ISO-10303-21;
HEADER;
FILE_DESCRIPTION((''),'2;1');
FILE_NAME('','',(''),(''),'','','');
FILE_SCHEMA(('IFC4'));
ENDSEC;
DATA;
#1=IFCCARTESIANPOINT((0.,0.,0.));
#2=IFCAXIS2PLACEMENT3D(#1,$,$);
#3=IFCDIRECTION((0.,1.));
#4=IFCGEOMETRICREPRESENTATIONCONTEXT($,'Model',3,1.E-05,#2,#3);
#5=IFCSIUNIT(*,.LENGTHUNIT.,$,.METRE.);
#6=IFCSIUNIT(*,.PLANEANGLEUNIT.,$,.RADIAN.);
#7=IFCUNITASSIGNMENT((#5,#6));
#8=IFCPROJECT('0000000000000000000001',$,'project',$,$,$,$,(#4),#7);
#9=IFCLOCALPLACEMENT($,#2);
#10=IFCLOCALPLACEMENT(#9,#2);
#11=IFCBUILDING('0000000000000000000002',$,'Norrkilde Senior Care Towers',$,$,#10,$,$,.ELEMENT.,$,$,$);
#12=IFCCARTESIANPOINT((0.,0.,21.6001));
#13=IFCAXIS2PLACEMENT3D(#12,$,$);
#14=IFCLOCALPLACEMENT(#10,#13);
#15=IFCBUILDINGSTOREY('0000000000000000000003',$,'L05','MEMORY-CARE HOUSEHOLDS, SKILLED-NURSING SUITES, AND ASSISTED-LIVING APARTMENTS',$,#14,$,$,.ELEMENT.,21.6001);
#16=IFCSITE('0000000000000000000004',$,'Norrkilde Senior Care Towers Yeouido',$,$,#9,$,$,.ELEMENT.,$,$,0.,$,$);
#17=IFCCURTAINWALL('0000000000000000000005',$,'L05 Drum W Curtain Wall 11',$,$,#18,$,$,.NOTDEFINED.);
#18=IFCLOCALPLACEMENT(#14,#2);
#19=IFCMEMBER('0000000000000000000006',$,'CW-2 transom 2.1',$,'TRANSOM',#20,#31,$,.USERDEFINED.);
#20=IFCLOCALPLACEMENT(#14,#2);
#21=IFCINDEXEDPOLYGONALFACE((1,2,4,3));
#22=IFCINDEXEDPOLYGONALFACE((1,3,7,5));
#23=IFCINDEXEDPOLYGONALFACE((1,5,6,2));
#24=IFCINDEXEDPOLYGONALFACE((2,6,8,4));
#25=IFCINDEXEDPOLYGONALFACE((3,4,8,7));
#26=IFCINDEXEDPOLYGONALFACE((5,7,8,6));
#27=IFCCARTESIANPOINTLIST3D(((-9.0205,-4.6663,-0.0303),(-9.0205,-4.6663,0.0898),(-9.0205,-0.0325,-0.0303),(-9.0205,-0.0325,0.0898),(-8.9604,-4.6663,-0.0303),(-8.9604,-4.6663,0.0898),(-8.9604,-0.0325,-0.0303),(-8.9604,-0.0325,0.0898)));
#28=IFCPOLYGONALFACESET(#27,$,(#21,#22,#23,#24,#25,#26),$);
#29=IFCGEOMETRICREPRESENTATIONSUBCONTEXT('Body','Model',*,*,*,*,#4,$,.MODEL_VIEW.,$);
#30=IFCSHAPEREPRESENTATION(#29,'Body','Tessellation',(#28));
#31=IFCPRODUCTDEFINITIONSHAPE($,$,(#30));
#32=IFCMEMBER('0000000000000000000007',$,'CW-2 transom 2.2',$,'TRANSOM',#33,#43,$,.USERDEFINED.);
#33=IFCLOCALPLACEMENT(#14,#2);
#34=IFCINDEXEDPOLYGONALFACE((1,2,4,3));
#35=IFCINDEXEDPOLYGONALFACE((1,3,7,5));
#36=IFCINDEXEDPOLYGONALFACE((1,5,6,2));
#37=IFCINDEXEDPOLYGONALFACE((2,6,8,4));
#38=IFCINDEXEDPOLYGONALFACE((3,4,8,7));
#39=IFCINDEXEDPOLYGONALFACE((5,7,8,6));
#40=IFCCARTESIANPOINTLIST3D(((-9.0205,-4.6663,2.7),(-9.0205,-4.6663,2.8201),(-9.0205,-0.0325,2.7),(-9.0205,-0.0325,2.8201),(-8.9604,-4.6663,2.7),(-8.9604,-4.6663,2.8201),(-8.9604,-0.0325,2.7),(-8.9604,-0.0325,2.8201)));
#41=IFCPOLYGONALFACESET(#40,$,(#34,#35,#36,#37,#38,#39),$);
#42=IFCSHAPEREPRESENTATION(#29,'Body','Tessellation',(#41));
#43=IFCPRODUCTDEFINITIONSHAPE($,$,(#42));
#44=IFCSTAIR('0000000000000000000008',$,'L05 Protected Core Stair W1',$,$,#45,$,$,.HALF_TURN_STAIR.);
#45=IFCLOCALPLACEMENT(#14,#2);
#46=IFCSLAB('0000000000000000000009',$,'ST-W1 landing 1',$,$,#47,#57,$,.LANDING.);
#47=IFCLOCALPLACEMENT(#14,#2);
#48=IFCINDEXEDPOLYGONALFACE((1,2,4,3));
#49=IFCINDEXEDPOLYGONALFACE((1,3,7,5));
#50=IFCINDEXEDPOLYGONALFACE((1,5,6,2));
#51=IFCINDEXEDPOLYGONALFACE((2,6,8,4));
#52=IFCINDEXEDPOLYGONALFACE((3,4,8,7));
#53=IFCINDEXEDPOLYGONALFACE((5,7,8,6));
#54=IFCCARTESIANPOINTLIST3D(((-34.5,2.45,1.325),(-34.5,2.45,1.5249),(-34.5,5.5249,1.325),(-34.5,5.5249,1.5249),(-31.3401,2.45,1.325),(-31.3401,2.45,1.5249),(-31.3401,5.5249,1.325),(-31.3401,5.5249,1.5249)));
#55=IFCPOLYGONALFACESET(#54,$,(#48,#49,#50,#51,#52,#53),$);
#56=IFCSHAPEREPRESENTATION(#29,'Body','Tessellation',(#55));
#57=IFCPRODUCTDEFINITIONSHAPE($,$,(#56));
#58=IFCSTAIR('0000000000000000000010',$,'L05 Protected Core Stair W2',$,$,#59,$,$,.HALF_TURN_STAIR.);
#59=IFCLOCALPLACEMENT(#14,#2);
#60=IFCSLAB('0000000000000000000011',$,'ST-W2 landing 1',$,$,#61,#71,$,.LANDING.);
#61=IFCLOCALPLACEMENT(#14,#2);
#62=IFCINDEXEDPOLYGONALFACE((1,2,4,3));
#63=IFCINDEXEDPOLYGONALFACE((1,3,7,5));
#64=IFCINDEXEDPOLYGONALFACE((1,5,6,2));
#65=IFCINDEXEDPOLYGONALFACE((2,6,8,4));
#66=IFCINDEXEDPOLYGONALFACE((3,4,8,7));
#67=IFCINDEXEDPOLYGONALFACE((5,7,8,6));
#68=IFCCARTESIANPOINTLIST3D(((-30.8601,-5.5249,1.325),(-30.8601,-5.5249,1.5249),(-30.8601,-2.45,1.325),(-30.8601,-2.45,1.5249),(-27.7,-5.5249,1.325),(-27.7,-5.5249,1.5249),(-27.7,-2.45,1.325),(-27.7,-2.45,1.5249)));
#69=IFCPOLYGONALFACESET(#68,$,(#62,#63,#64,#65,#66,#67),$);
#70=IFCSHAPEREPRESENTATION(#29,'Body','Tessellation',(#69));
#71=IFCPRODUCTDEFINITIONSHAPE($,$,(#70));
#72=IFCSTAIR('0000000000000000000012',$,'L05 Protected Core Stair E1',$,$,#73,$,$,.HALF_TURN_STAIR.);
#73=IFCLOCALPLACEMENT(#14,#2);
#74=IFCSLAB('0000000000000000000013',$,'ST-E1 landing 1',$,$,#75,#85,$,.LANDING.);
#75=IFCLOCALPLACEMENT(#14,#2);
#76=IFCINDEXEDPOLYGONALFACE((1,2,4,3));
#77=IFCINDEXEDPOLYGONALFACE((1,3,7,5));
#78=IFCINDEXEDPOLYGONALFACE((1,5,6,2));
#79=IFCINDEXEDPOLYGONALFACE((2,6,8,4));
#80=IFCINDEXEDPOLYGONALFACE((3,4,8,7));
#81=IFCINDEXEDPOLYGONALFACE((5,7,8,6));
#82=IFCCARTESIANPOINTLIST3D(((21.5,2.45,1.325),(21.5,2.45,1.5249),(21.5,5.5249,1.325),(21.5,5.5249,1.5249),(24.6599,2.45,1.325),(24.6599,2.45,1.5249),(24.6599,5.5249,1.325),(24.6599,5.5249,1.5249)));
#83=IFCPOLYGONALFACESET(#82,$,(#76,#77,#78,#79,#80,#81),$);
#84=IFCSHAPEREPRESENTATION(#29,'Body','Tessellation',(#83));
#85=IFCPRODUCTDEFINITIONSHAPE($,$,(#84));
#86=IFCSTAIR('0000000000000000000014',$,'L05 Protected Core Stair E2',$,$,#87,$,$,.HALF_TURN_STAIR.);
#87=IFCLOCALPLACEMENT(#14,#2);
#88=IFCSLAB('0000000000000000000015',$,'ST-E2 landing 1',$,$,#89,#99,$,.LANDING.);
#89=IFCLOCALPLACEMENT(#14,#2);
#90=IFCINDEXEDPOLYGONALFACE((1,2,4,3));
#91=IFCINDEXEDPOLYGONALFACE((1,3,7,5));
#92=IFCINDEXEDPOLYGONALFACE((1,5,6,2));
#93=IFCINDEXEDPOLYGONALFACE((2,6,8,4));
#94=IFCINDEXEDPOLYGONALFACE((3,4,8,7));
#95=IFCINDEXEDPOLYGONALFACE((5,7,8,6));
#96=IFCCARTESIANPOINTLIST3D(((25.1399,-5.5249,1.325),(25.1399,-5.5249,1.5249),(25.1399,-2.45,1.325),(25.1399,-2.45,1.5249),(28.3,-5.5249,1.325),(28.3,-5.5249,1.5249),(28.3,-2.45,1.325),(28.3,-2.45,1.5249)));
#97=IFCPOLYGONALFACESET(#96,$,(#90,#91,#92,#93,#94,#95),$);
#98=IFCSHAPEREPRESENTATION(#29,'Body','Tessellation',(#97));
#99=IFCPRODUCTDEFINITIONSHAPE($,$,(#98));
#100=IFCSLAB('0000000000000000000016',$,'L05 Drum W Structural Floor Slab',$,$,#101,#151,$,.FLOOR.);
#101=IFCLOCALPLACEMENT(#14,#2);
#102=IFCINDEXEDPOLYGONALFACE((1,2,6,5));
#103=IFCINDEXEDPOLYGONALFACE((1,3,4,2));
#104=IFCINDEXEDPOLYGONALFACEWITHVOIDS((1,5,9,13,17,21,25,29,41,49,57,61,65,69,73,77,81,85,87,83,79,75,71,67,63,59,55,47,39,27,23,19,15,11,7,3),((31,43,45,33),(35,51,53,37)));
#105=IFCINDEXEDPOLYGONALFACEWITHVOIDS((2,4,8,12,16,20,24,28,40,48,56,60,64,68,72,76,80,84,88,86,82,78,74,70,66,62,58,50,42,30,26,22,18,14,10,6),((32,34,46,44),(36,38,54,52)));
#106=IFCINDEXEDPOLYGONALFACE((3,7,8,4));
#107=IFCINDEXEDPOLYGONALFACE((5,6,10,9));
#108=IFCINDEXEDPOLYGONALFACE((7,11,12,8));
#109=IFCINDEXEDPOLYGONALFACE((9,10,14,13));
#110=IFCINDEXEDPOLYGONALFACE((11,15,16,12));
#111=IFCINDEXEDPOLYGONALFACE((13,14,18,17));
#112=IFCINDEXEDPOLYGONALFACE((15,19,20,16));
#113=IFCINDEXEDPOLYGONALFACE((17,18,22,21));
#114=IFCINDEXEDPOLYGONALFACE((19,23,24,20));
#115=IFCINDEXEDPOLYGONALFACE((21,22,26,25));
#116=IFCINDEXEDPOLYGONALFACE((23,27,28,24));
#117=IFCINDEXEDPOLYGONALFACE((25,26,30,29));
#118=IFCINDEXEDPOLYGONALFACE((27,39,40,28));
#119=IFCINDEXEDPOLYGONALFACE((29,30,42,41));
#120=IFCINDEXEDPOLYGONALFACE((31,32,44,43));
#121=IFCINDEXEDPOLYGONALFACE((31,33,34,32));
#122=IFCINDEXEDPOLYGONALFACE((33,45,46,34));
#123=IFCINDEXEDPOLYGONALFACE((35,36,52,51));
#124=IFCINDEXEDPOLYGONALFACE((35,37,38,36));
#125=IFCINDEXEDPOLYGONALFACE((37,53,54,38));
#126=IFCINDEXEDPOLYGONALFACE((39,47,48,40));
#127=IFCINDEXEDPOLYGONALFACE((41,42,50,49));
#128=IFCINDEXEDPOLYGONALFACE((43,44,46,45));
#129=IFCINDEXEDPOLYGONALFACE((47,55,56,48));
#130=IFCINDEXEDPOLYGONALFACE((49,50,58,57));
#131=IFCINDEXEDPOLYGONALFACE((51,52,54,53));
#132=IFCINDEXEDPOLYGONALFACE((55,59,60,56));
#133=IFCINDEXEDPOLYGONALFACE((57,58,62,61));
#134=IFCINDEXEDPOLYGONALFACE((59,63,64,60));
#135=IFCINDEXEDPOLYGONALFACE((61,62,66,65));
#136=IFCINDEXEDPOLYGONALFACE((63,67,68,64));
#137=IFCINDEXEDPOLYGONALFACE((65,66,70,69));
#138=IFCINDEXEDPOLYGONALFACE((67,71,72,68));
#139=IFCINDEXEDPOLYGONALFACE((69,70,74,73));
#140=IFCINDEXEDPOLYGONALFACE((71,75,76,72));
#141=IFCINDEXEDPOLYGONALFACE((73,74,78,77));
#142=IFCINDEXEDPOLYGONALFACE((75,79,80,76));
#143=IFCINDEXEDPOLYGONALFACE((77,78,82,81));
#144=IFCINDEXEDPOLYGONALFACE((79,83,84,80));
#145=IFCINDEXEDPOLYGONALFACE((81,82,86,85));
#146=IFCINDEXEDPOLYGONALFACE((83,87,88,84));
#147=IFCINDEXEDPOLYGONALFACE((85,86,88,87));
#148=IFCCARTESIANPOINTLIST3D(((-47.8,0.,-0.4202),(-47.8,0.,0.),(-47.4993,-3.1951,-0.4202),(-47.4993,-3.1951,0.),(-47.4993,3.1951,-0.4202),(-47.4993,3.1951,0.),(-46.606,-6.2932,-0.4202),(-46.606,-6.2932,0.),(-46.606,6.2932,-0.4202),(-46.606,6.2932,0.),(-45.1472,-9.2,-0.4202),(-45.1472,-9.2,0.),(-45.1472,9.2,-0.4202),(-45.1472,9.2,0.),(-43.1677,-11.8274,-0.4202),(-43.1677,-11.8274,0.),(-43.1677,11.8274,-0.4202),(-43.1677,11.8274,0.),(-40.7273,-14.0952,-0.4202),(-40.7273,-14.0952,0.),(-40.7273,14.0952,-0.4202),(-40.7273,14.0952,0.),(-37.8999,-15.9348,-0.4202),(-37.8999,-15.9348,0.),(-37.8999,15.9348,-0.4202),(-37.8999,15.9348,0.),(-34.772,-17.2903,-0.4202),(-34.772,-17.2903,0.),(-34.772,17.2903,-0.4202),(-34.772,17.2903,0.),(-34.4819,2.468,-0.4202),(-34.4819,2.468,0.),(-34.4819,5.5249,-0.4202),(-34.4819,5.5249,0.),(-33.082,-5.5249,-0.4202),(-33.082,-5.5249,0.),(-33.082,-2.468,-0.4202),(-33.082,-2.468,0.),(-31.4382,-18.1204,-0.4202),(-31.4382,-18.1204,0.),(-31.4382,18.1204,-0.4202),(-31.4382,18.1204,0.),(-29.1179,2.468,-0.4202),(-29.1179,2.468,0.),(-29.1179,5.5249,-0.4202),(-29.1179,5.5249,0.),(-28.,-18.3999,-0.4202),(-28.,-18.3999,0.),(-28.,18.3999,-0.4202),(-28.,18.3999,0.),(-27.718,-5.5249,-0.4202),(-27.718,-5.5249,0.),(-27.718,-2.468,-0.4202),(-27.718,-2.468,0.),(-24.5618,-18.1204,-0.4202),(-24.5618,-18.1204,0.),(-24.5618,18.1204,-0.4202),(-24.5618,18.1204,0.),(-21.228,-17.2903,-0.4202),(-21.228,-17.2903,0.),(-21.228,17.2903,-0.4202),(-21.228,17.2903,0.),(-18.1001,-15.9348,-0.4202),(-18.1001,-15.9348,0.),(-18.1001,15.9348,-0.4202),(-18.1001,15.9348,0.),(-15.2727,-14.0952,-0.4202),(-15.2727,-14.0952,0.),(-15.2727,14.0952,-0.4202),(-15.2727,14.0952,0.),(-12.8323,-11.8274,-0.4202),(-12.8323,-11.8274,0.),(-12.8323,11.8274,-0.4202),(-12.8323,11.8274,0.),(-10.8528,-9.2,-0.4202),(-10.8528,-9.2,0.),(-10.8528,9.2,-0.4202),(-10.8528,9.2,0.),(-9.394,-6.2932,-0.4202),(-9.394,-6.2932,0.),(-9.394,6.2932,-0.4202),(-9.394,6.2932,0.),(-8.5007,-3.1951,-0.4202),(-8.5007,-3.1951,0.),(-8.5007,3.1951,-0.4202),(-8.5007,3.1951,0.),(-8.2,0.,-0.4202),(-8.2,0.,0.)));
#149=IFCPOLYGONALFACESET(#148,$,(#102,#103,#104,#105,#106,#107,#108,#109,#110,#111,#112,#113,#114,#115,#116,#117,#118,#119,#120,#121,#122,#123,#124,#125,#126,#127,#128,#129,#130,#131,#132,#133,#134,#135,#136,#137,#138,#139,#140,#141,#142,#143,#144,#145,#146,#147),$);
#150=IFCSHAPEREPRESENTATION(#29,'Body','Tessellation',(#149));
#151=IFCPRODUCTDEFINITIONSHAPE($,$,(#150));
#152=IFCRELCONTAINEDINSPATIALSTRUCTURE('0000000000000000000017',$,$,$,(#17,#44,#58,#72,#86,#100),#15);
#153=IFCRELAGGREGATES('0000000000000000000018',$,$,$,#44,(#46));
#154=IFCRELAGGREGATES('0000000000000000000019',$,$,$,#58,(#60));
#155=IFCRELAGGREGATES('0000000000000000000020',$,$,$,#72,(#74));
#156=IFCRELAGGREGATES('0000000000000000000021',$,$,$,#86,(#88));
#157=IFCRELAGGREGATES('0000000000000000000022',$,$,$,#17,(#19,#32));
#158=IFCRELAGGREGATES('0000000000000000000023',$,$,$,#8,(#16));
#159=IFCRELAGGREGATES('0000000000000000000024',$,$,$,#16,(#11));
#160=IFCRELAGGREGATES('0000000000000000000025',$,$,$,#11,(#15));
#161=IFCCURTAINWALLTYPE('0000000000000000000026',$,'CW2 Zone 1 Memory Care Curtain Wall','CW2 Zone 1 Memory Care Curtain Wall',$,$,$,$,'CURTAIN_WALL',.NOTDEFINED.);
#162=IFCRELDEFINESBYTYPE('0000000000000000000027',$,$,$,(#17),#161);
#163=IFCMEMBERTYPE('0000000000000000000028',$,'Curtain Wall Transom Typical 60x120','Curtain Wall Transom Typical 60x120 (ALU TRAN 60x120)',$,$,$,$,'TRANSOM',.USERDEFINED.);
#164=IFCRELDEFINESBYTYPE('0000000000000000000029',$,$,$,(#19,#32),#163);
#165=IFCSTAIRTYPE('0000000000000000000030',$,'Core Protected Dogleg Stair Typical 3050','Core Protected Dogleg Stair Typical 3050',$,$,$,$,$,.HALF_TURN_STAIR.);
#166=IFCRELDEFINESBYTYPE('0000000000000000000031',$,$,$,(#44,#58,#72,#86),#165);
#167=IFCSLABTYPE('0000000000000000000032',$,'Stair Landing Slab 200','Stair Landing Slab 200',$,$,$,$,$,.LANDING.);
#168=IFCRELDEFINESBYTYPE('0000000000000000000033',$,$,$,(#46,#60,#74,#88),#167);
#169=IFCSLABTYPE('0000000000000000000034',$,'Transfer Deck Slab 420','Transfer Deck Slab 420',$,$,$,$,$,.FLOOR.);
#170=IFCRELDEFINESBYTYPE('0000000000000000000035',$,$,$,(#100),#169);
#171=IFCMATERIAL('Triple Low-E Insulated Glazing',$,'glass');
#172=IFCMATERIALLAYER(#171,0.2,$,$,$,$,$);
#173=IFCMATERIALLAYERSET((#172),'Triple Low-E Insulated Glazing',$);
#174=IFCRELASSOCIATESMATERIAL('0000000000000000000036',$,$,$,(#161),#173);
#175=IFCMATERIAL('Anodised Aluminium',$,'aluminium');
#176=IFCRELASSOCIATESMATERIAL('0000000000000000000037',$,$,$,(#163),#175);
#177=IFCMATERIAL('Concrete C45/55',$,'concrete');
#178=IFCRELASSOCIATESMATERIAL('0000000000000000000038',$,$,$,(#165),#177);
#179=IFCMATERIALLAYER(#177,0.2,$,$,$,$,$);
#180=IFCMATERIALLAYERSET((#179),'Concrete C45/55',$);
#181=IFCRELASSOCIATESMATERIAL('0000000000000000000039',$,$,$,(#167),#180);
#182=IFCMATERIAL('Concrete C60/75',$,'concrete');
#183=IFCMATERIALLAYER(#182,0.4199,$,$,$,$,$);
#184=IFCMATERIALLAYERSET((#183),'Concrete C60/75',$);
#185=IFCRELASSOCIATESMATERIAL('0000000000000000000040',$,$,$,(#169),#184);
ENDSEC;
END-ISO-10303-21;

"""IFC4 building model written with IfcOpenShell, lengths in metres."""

from ifc_helpers import new_model, si_unit, direction, frame, origin, origin_2d, place, context, subcontext, project, spatial, polyline, rectangle, outline, extrude, source, transform, mapped, material, layer, layer_set, material_profile, profile_set, type_object, element, aggregate, save


model = new_model("IFC4")

# Units and contexts
model_context = context("Model", 3, precision=1e-05, world=origin(), true_north=direction((0.0, 1.0)))
body_context = subcontext(model_context, "Body", "Model", "MODEL_VIEW")
ifc_project = project(units=[si_unit("LENGTHUNIT", "METRE"), si_unit("PLANEANGLEUNIT", "RADIAN")], contexts=[model_context])

# Site, building, storey
site_placement = place(None, origin())
site = spatial("IfcSite", under=ifc_project, at=site_placement, Name="Norrkilde Senior Care Towers Yeouido", CompositionType="ELEMENT", RefElevation=0.0)
building_placement = place(site_placement, origin())
building = spatial("IfcBuilding", under=site, at=building_placement, Name="Norrkilde Senior Care Towers", CompositionType="ELEMENT")
storey_placement = place(building_placement, frame((0.0, 0.0, 21.6001)))
storey = spatial("IfcBuildingStorey", under=building, at=storey_placement, Name="L05", Description="MEMORY-CARE HOUSEHOLDS, SKILLED-NURSING SUITES, AND ASSISTED-LIVING APARTMENTS", CompositionType="ELEMENT", Elevation=21.6001)

# Shared definitions
ifc_material_1 = material(Name="Concrete C60/75", Category="concrete")

# Curtain wall
ifc_material_2 = material(Name="Triple Low-E Insulated Glazing", Category="glass")
ifc_layer_1 = layer(ifc_material_2, 0.2)
ifc_layer_set_1 = layer_set([ifc_layer_1], Name="Triple Low-E Insulated Glazing")
curtain_wall_type = type_object("IfcCurtainWallType", Name="CW2 Zone 1 Memory Care Curtain Wall", Description="CW2 Zone 1 Memory Care Curtain Wall", ElementType="CURTAIN_WALL", PredefinedType="NOTDEFINED", material=ifc_layer_set_1)
ifc_material_3 = material(Name="Anodised Aluminium", Category="aluminium")
curtain_wall_1_placement = place(storey_placement, origin())
curtain_wall_1 = element("IfcCurtainWall", 1, at=curtain_wall_1_placement, inside=storey, type_object=curtain_wall_type, Name="L05 Drum W Curtain Wall 11", PredefinedType="NOTDEFINED")

# Members
ifc_material_profile_1 = material_profile(ifc_material_3, rectangle(XDim=0.0601, YDim=0.1201, at=origin_2d()), Name="ALU TRAN 60x120")
ifc_profile_set_1 = profile_set([ifc_material_profile_1], Name="Anodised Aluminium")
member_type_1 = type_object("IfcMemberType", Name="Curtain Wall Transom Typical 60x120", Description="Curtain Wall Transom Typical 60x120 (ALU TRAN 60x120)", ElementType="TRANSOM", PredefinedType="USERDEFINED", material=ifc_profile_set_1)
shared_shape_1 = source(origin(), body_context, "Body", "SweptSolid", [
    extrude(rectangle(XDim=0.0601, YDim=0.1201, at=origin_2d()), origin(), (0.0, 0.0, 1.0), 4.6338),
])
member_1_placement = place(storey_placement, frame((-8.9905, -0.0325, 0.0298), z_axis=(0.0, -1.0, 0.0), x_axis=(1.0, 0.0, 0.0)))
member_1 = element("IfcMember", 2, at=member_1_placement, type_object=member_type_1, Name="CW-2 transom 2.1", ObjectType="TRANSOM", PredefinedType="USERDEFINED", context=body_context, shape_type="MappedRepresentation", body=[
    mapped(shared_shape_1, transform((0.0, 0.0, 0.0), x_axis=(1.0, 0.0, 0.0), y_axis=(0.0, 1.0, 0.0), z_axis=(0.0, 0.0, 1.0), scale=1.0)),
])
member_2_placement = place(storey_placement, frame((-8.9905, -0.0325, 2.76), z_axis=(0.0, -1.0, 0.0), x_axis=(1.0, 0.0, 0.0)))
member_2 = element("IfcMember", 3, at=member_2_placement, type_object=member_type_1, Name="CW-2 transom 2.2", ObjectType="TRANSOM", PredefinedType="USERDEFINED", context=body_context, shape_type="MappedRepresentation", body=[
    mapped(shared_shape_1, transform((0.0, 0.0, 0.0), x_axis=(1.0, 0.0, 0.0), y_axis=(0.0, 1.0, 0.0), z_axis=(0.0, 0.0, 1.0), scale=1.0)),
])

# Shared definitions
ifc_material_4 = material(Name="Concrete C45/55", Category="concrete")

# Stairs, slabs
stair_type = type_object("IfcStairType", Name="Core Protected Dogleg Stair Typical 3050", Description="Core Protected Dogleg Stair Typical 3050", PredefinedType="HALF_TURN_STAIR", material=ifc_material_4)
stair_1_placement = place(storey_placement, origin())
stair_1 = element("IfcStair", 4, at=stair_1_placement, inside=storey, type_object=stair_type, Name="L05 Protected Core Stair W1", PredefinedType="HALF_TURN_STAIR")
ifc_layer_2 = layer(ifc_material_4, 0.2)
ifc_layer_set_2 = layer_set([ifc_layer_2], Name="Concrete C45/55")
slab_type_1 = type_object("IfcSlabType", Name="Stair Landing Slab 200", Description="Stair Landing Slab 200", PredefinedType="LANDING", material=ifc_layer_set_2)
slab_1_placement = place(storey_placement, frame((0.0, 0.0, 1.325)))
slab_1 = element("IfcSlab", 5, at=slab_1_placement, type_object=slab_type_1, Name="ST-W1 landing 1", PredefinedType="LANDING", context=body_context, shape_type="SweptSolid", body=[
    extrude(outline(polyline([(-31.3401, 5.5249), (-34.5, 5.5249), (-34.5, 2.45), (-31.3401, 2.45), (-31.3401, 5.5249)])), origin(), (0.0, 0.0, 1.0), 0.2),
])
aggregate(stair_1, [slab_1])
stair_2_placement = place(storey_placement, origin())
stair_2 = element("IfcStair", 6, at=stair_2_placement, inside=storey, type_object=stair_type, Name="L05 Protected Core Stair W2", PredefinedType="HALF_TURN_STAIR")
slab_2_placement = place(storey_placement, frame((0.0, 0.0, 1.325)))
slab_2 = element("IfcSlab", 7, at=slab_2_placement, type_object=slab_type_1, Name="ST-W2 landing 1", PredefinedType="LANDING", context=body_context, shape_type="SweptSolid", body=[
    extrude(outline(polyline([(-30.8601, -5.5249), (-27.7, -5.5249), (-27.7, -2.45), (-30.8601, -2.45), (-30.8601, -5.5249)])), origin(), (0.0, 0.0, 1.0), 0.2),
])
aggregate(stair_2, [slab_2])
stair_3_placement = place(storey_placement, origin())
stair_3 = element("IfcStair", 8, at=stair_3_placement, inside=storey, type_object=stair_type, Name="L05 Protected Core Stair E1", PredefinedType="HALF_TURN_STAIR")
slab_3_placement = place(storey_placement, frame((0.0, 0.0, 1.325)))
slab_3 = element("IfcSlab", 9, at=slab_3_placement, type_object=slab_type_1, Name="ST-E1 landing 1", PredefinedType="LANDING", context=body_context, shape_type="SweptSolid", body=[
    extrude(outline(polyline([(24.6599, 5.5249), (21.5, 5.5249), (21.5, 2.45), (24.6599, 2.45), (24.6599, 5.5249)])), origin(), (0.0, 0.0, 1.0), 0.2),
])
aggregate(stair_3, [slab_3])
stair_4_placement = place(storey_placement, origin())
stair_4 = element("IfcStair", 10, at=stair_4_placement, inside=storey, type_object=stair_type, Name="L05 Protected Core Stair E2", PredefinedType="HALF_TURN_STAIR")
slab_4_placement = place(storey_placement, frame((0.0, 0.0, 1.325)))
slab_4 = element("IfcSlab", 11, at=slab_4_placement, type_object=slab_type_1, Name="ST-E2 landing 1", PredefinedType="LANDING", context=body_context, shape_type="SweptSolid", body=[
    extrude(outline(polyline([(25.1399, -5.5249), (28.3, -5.5249), (28.3, -2.45), (25.1399, -2.45), (25.1399, -5.5249)])), origin(), (0.0, 0.0, 1.0), 0.2),
])
aggregate(stair_4, [slab_4])

# Slab
ifc_layer_3 = layer(ifc_material_1, 0.4199)
ifc_layer_set_3 = layer_set([ifc_layer_3], Name="Concrete C60/75")
slab_type_2 = type_object("IfcSlabType", Name="Transfer Deck Slab 420", Description="Transfer Deck Slab 420", PredefinedType="FLOOR", material=ifc_layer_set_3)
slab_5_placement = place(storey_placement, frame((0.0, 0.0, -0.4202)))
element("IfcSlab", 12, at=slab_5_placement, inside=storey, type_object=slab_type_2, Name="L05 Drum W Structural Floor Slab", PredefinedType="FLOOR", context=body_context, shape_type="SweptSolid", body=[
    extrude(outline(polyline([(-9.394, -6.2932), (-10.8528, -9.2), (-12.8323, -11.8274), (-15.2727, -14.0952), (-18.1001, -15.9348), (-21.228, -17.2903), (-24.5618, -18.1204), (-28.0, -18.3999), (-31.4382, -18.1204), (-34.772, -17.2903), (-37.8999, -15.9348), (-40.7273, -14.0952), (-43.1677, -11.8274), (-45.1472, -9.2), (-46.606, -6.2932), (-47.4993, -3.1951), (-47.8, 0.0), (-47.4993, 3.1951), (-46.606, 6.2932), (-45.1472, 9.2), (-43.1677, 11.8274), (-40.7273, 14.0952), (-37.8999, 15.9348), (-34.772, 17.2903), (-31.4382, 18.1204), (-28.0, 18.3999), (-24.5618, 18.1204), (-21.228, 17.2903), (-18.1001, 15.9348), (-15.2727, 14.0952), (-12.8323, 11.8274), (-10.8528, 9.2), (-9.394, 6.2932), (-8.5007, 3.1951), (-8.2, 0.0), (-8.5007, -3.1951), (-9.394, -6.2932)]), holes=[polyline([(-34.4819, 2.468), (-29.1179, 2.468), (-29.1179, 5.5249), (-34.4819, 5.5249), (-34.4819, 2.468)]), polyline([(-27.718, -5.5249), (-27.718, -2.468), (-33.082, -2.468), (-33.082, -5.5249), (-27.718, -5.5249)])]), origin(), (0.0, 0.0, 1.0), 0.4202),
])

aggregate(curtain_wall_1, [member_1, member_2])

save(model, "model.ifc")
